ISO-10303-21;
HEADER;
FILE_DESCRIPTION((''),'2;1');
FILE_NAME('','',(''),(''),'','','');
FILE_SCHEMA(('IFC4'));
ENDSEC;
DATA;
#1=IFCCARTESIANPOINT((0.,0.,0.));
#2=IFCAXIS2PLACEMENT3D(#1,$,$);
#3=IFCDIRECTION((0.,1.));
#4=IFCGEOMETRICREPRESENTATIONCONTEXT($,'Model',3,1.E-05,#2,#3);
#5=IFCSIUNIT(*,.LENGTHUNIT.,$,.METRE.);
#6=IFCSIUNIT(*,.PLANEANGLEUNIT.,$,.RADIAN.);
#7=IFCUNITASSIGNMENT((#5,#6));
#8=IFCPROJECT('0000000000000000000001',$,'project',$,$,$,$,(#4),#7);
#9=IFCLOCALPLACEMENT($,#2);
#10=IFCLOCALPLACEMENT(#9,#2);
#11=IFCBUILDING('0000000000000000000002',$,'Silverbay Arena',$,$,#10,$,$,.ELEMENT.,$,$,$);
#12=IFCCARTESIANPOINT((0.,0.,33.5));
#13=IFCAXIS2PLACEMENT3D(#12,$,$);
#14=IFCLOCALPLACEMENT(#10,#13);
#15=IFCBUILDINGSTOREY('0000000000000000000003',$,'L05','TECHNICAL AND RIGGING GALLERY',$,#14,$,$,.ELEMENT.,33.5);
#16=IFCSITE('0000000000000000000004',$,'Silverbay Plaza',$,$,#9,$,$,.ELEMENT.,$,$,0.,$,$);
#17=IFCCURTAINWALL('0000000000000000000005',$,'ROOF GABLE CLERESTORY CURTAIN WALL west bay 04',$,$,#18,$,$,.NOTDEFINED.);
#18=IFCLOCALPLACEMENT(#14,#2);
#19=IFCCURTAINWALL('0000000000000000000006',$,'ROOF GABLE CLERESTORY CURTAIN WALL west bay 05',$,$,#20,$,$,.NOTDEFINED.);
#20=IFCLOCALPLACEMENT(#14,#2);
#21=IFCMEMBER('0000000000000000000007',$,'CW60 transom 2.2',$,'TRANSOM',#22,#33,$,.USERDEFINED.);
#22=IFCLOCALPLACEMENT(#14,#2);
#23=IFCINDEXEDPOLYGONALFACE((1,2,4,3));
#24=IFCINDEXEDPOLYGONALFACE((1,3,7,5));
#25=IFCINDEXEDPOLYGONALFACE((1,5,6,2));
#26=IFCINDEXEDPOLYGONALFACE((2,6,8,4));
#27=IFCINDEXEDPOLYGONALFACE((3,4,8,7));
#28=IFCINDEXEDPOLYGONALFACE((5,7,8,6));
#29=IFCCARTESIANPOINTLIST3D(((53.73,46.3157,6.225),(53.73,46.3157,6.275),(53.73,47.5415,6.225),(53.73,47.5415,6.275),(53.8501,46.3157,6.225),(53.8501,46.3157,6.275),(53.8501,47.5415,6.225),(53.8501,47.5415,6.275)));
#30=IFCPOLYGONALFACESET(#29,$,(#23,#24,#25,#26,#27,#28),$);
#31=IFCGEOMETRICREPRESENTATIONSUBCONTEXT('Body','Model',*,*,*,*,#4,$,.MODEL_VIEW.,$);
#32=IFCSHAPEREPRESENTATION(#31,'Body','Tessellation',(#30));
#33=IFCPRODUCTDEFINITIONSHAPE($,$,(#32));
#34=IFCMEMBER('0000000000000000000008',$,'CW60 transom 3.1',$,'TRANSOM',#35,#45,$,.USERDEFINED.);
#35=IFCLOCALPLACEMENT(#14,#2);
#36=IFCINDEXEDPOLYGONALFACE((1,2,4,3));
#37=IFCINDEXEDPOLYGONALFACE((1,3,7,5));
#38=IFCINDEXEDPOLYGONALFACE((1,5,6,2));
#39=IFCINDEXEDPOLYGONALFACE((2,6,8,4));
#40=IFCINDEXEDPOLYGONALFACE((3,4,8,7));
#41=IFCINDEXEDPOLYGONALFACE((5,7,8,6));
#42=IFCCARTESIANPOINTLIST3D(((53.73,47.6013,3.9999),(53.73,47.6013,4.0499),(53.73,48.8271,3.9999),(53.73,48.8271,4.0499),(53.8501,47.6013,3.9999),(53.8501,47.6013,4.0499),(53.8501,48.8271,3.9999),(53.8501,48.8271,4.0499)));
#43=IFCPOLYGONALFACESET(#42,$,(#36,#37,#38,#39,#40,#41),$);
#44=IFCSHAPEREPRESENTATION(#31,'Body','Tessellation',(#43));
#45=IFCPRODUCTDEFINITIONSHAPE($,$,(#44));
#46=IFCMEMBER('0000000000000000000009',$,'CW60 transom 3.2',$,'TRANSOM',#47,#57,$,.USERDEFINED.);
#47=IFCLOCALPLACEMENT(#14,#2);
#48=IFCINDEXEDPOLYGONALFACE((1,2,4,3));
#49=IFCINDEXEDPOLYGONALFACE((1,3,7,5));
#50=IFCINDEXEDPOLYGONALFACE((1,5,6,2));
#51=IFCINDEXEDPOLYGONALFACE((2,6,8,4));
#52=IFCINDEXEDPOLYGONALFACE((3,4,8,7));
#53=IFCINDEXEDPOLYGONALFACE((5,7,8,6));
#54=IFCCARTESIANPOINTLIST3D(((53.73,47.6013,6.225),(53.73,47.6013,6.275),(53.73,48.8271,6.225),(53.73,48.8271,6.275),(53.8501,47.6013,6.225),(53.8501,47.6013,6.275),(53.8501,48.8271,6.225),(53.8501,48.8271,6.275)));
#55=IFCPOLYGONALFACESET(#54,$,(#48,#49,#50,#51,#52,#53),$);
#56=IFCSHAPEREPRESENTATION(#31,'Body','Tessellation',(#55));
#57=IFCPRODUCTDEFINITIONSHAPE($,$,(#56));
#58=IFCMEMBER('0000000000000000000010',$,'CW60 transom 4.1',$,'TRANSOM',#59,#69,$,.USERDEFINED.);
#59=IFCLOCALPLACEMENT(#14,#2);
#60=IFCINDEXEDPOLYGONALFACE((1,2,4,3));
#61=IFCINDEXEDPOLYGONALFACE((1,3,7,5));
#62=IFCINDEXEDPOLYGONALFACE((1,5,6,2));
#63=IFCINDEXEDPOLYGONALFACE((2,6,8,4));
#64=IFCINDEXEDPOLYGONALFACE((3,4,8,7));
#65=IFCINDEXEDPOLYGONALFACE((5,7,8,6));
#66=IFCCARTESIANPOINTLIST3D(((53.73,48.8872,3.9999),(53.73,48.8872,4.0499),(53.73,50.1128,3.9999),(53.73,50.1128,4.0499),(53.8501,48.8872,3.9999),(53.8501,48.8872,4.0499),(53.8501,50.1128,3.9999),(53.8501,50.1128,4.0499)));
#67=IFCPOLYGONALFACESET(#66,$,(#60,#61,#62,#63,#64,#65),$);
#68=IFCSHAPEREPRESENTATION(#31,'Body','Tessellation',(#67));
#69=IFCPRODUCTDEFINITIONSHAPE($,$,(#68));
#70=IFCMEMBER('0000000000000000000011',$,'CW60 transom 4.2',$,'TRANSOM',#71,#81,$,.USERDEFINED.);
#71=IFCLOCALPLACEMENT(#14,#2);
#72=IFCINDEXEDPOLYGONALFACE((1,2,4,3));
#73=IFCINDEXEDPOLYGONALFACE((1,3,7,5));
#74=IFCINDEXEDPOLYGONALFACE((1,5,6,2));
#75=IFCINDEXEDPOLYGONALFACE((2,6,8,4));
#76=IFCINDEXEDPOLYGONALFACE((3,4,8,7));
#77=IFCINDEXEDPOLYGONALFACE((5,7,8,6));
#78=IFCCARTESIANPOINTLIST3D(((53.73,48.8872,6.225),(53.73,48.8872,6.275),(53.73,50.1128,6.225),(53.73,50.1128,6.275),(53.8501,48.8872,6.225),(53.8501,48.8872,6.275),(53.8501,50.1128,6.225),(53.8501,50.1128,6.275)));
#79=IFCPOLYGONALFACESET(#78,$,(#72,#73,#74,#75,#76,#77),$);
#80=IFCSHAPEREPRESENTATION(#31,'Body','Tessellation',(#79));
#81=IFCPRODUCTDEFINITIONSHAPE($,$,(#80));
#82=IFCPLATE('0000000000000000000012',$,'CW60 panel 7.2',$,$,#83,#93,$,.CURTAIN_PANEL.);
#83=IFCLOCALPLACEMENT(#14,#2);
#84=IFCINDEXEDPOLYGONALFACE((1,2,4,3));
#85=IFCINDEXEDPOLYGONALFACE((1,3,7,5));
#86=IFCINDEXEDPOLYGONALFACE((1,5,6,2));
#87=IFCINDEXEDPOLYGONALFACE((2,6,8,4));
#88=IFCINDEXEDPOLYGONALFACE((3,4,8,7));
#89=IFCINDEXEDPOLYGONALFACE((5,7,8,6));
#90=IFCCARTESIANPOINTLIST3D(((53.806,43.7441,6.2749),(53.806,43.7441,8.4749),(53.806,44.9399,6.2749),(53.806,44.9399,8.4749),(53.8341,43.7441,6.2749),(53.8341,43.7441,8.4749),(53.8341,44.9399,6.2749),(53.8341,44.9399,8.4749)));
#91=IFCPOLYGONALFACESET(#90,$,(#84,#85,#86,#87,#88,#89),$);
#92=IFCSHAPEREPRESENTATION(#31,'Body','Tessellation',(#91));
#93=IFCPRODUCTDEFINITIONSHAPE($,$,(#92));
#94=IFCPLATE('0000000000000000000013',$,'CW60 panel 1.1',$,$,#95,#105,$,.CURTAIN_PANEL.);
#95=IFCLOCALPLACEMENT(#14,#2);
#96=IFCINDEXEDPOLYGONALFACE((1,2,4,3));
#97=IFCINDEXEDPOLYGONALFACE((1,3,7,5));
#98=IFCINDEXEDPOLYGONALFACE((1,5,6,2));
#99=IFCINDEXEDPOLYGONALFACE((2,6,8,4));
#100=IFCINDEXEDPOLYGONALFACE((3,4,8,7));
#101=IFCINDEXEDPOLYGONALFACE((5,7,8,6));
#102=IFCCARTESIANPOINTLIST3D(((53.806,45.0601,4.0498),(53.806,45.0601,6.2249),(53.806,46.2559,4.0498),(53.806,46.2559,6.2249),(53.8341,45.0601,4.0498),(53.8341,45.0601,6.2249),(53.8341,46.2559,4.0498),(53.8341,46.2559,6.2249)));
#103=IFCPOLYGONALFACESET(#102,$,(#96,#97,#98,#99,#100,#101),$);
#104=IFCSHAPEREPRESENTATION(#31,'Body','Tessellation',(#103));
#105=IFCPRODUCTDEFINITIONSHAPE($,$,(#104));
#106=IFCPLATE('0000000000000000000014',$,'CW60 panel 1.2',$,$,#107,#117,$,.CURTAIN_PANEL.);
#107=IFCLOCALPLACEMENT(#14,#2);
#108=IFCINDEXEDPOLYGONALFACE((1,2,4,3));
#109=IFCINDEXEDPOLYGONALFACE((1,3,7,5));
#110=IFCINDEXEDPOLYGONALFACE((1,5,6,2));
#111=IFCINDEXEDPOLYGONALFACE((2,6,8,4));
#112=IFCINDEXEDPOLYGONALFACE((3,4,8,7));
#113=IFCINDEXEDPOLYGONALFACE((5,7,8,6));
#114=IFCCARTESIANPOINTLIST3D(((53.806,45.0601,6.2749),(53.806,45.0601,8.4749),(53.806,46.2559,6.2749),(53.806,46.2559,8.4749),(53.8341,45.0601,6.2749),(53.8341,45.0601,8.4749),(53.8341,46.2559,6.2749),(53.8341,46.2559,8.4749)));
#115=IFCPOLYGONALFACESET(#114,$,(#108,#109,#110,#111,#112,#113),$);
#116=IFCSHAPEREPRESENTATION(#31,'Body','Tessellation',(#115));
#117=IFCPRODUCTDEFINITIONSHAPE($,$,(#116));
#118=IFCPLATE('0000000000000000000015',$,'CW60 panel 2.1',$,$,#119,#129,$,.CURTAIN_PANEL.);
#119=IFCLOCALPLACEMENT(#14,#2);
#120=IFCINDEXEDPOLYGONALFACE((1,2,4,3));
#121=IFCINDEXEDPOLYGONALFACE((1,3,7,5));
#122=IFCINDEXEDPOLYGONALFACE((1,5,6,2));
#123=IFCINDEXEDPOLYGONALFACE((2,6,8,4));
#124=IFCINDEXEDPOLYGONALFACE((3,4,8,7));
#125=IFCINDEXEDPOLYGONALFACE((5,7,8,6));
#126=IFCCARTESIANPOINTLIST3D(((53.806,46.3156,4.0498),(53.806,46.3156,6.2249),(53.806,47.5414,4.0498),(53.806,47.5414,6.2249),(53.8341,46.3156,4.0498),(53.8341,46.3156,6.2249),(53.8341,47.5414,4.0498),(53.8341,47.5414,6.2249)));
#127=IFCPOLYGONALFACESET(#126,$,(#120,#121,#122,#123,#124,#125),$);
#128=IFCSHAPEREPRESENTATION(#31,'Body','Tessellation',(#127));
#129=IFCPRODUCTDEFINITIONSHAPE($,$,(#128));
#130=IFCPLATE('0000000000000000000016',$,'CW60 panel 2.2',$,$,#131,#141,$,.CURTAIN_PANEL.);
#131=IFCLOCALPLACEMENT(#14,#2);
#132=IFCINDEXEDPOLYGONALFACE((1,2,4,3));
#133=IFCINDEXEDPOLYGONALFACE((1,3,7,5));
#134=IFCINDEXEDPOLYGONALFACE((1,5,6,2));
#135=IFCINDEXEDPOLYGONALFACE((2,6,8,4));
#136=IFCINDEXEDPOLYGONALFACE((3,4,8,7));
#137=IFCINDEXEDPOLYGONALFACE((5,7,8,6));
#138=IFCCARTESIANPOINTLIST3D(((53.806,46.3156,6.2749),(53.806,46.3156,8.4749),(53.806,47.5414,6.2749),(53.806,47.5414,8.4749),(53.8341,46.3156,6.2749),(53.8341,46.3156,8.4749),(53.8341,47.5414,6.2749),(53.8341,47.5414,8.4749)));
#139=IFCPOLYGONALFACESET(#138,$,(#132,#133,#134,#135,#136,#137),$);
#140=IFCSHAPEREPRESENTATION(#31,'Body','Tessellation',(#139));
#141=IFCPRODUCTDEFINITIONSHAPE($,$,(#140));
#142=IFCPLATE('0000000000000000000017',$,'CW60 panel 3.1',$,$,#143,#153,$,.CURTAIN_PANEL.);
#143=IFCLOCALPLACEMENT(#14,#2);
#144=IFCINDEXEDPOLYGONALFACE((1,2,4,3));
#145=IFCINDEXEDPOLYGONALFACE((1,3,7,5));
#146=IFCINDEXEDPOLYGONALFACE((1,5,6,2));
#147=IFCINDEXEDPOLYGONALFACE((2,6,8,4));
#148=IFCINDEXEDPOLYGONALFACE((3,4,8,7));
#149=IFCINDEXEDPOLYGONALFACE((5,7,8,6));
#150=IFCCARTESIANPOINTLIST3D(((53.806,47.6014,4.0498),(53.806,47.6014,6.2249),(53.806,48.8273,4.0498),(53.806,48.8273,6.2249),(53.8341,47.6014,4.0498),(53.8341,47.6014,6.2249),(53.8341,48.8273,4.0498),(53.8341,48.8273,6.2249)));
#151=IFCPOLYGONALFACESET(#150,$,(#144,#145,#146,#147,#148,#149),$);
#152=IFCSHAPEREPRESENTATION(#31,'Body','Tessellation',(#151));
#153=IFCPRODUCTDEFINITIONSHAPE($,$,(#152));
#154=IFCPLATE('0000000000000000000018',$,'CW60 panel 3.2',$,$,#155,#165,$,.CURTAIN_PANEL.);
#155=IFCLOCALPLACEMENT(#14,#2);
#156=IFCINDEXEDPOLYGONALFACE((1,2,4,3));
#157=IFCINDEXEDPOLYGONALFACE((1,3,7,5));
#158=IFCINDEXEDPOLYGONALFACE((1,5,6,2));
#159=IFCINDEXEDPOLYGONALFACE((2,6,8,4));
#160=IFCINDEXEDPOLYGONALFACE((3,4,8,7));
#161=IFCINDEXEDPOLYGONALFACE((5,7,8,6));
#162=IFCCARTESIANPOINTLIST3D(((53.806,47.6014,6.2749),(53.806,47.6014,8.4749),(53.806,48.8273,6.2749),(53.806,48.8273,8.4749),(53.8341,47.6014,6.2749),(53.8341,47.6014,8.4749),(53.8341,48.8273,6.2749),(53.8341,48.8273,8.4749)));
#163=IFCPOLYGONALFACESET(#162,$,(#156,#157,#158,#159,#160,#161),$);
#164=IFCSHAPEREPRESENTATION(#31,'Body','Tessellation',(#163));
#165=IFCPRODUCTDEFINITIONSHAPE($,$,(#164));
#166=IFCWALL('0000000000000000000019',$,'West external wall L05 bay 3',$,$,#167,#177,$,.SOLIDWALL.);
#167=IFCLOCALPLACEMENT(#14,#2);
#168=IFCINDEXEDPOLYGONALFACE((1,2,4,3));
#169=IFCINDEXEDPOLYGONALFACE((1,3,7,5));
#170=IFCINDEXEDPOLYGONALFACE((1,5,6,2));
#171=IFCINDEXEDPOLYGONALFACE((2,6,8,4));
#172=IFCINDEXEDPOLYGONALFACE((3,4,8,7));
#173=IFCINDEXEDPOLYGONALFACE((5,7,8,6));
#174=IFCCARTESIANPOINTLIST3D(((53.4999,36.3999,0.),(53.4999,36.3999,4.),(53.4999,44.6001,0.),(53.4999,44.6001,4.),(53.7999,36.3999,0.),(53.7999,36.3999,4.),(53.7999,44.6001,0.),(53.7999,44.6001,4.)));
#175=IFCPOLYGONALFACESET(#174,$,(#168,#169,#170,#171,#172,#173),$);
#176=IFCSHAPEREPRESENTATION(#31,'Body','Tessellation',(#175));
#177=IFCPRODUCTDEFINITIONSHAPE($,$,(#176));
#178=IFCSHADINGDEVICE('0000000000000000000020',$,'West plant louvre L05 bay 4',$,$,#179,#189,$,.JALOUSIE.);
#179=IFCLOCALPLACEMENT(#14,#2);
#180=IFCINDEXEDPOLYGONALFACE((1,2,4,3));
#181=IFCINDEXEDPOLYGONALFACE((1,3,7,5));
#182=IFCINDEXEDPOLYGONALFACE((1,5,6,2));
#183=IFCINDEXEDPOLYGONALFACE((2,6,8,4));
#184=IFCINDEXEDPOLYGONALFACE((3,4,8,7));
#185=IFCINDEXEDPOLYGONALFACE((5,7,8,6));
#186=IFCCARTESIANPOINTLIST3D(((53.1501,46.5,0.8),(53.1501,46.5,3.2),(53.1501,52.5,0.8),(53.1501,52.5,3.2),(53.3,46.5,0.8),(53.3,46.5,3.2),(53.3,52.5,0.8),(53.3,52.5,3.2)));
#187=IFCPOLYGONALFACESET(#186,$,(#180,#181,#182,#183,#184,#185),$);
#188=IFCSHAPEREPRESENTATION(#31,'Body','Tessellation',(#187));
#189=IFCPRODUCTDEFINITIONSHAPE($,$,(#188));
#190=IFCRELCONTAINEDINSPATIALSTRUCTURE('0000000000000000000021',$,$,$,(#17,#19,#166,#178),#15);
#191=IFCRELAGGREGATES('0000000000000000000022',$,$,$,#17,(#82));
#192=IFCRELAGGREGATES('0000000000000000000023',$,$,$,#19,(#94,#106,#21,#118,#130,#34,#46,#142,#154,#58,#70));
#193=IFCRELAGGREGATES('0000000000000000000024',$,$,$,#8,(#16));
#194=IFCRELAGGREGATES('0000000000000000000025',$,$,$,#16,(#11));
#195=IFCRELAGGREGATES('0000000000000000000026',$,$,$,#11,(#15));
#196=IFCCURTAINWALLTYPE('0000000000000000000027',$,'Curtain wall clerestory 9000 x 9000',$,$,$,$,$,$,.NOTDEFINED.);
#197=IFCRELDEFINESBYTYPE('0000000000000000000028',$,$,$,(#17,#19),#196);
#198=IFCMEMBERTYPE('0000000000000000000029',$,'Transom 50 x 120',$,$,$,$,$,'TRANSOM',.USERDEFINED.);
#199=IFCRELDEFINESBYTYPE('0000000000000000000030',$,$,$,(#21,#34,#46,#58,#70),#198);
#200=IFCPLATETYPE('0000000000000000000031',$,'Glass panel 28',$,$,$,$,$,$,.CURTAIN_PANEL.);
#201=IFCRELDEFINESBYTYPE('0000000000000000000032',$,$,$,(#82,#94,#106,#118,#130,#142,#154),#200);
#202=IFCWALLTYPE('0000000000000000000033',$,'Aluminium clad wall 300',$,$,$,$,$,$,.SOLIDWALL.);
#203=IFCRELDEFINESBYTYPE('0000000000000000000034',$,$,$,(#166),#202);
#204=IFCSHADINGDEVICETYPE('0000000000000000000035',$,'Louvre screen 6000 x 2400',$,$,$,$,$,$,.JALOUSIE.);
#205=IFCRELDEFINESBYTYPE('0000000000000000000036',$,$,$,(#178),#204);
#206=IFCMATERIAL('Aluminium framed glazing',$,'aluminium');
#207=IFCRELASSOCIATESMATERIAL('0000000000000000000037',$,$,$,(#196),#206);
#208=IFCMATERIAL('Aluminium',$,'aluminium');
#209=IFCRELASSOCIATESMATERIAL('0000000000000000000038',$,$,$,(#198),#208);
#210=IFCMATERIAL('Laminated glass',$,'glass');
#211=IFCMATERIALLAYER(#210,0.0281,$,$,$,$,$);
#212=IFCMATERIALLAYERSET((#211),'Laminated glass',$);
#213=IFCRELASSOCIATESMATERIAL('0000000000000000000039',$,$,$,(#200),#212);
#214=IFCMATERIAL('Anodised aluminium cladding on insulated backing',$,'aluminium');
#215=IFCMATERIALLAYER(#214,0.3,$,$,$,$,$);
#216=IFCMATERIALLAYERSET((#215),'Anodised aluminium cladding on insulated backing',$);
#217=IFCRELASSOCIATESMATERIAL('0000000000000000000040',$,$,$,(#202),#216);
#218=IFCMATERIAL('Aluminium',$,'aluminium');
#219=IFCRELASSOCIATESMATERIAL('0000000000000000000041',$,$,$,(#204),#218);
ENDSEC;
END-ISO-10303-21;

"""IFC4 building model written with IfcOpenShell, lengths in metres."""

from ifc_helpers import new_model, si_unit, direction, frame, frame_2d, origin, origin_2d, place, context, subcontext, project, spatial, rectangle, extrude, material, layer, layer_set, material_profile, profile_set, type_object, element, aggregate, save


model = new_model("IFC4")

# Units and contexts
model_context = context("Model", 3, precision=1e-05, world=origin(), true_north=direction((0.0, 1.0)))
body_context = subcontext(model_context, "Body", "Model", "MODEL_VIEW")
ifc_project = project(units=[si_unit("LENGTHUNIT", "METRE"), si_unit("PLANEANGLEUNIT", "RADIAN")], contexts=[model_context])

# Site, building, storey
site_placement = place(None, origin())
site = spatial("IfcSite", under=ifc_project, at=site_placement, Name="Silverbay Plaza", CompositionType="ELEMENT", RefElevation=0.0)
building_placement = place(site_placement, origin())
building = spatial("IfcBuilding", under=site, at=building_placement, Name="Silverbay Arena", CompositionType="ELEMENT")
storey_placement = place(building_placement, frame((0.0, 0.0, 33.5)))
storey = spatial("IfcBuildingStorey", under=building, at=storey_placement, Name="L05", Description="TECHNICAL AND RIGGING GALLERY", CompositionType="ELEMENT", Elevation=33.5)

# Curtain wall
ifc_material_1 = material(Name="Aluminium framed glazing", Category="aluminium")
curtain_wall_type = type_object("IfcCurtainWallType", Name="Curtain wall clerestory 9000 x 9000", PredefinedType="NOTDEFINED", material=ifc_material_1)
curtain_wall_1_placement = place(storey_placement, origin())
curtain_wall_1 = element("IfcCurtainWall", 1, at=curtain_wall_1_placement, inside=storey, type_object=curtain_wall_type, Name="ROOF GABLE CLERESTORY CURTAIN WALL west bay 04", PredefinedType="NOTDEFINED")

# Curtain wall
curtain_wall_2_placement = place(storey_placement, origin())
curtain_wall_2 = element("IfcCurtainWall", 2, at=curtain_wall_2_placement, inside=storey, type_object=curtain_wall_type, Name="ROOF GABLE CLERESTORY CURTAIN WALL west bay 05", PredefinedType="NOTDEFINED")

# Members
ifc_material_2 = material(Name="Aluminium", Category="aluminium")
ifc_material_profile_1 = material_profile(ifc_material_2, rectangle(XDim=0.1201, YDim=0.05, at=origin_2d()), Name="Transom 50 x 120")
ifc_profile_set_1 = profile_set([ifc_material_profile_1], Name="Aluminium")
member_type_1 = type_object("IfcMemberType", Name="Transom 50 x 120", ElementType="TRANSOM", PredefinedType="USERDEFINED", material=ifc_profile_set_1)
member_1_placement = place(storey_placement, frame((53.79, 46.3157, 6.25), z_axis=(0.0, 1.0, 0.0), x_axis=(-1.0, 0.0, 0.0)))
member_1 = element("IfcMember", 3, at=member_1_placement, type_object=member_type_1, Name="CW60 transom 2.2", ObjectType="TRANSOM", PredefinedType="USERDEFINED", context=body_context, shape_type="SweptSolid", body=[
    extrude(rectangle(XDim=0.1201, YDim=0.05, at=origin_2d()), origin(), (0.0, 0.0, 1.0), 1.2258),
])
member_2_placement = place(storey_placement, frame((53.79, 47.6013, 4.0249), z_axis=(0.0, 1.0, 0.0), x_axis=(-1.0, 0.0, 0.0)))
member_2 = element("IfcMember", 4, at=member_2_placement, type_object=member_type_1, Name="CW60 transom 3.1", ObjectType="TRANSOM", PredefinedType="USERDEFINED", context=body_context, shape_type="SweptSolid", body=[
    extrude(rectangle(XDim=0.1201, YDim=0.05, at=origin_2d()), origin(), (0.0, 0.0, 1.0), 1.2258),
])
member_3_placement = place(storey_placement, frame((53.79, 47.6013, 6.25), z_axis=(0.0, 1.0, 0.0), x_axis=(-1.0, 0.0, 0.0)))
member_3 = element("IfcMember", 5, at=member_3_placement, type_object=member_type_1, Name="CW60 transom 3.2", ObjectType="TRANSOM", PredefinedType="USERDEFINED", context=body_context, shape_type="SweptSolid", body=[
    extrude(rectangle(XDim=0.1201, YDim=0.05, at=origin_2d()), origin(), (0.0, 0.0, 1.0), 1.2258),
])
member_4_placement = place(storey_placement, frame((53.79, 48.8872, 4.0249), z_axis=(0.0, 1.0, 0.0), x_axis=(-1.0, 0.0, 0.0)))
member_4 = element("IfcMember", 6, at=member_4_placement, type_object=member_type_1, Name="CW60 transom 4.1", ObjectType="TRANSOM", PredefinedType="USERDEFINED", context=body_context, shape_type="SweptSolid", body=[
    extrude(rectangle(XDim=0.1201, YDim=0.05, at=origin_2d()), origin(), (0.0, 0.0, 1.0), 1.2256),
])
member_5_placement = place(storey_placement, frame((53.79, 48.8872, 6.25), z_axis=(0.0, 1.0, 0.0), x_axis=(-1.0, 0.0, 0.0)))
member_5 = element("IfcMember", 7, at=member_5_placement, type_object=member_type_1, Name="CW60 transom 4.2", ObjectType="TRANSOM", PredefinedType="USERDEFINED", context=body_context, shape_type="SweptSolid", body=[
    extrude(rectangle(XDim=0.1201, YDim=0.05, at=origin_2d()), origin(), (0.0, 0.0, 1.0), 1.2256),
])

# Plates
ifc_material_3 = material(Name="Laminated glass", Category="glass")
ifc_layer_1 = layer(ifc_material_3, 0.0281)
ifc_layer_set_1 = layer_set([ifc_layer_1], Name="Laminated glass")
plate_type = type_object("IfcPlateType", Name="Glass panel 28", PredefinedType="CURTAIN_PANEL", material=ifc_layer_set_1)
plate_1_placement = place(storey_placement, frame((53.8201, 44.342, 6.2749), z_axis=(0.0, 0.0, 1.0), x_axis=(0.0, 1.0, 0.0)))
plate_1 = element("IfcPlate", 8, at=plate_1_placement, type_object=plate_type, Name="CW60 panel 7.2", PredefinedType="CURTAIN_PANEL", context=body_context, shape_type="SweptSolid", body=[
    extrude(rectangle(XDim=1.1958, YDim=0.0281, at=origin_2d()), origin(), (0.0, 0.0, 1.0), 2.2),
])
aggregate(curtain_wall_1, [plate_1])
plate_2_placement = place(storey_placement, frame((53.8201, 45.658, 4.0498), z_axis=(0.0, 0.0, 1.0), x_axis=(0.0, 1.0, 0.0)))
plate_2 = element("IfcPlate", 9, at=plate_2_placement, type_object=plate_type, Name="CW60 panel 1.1", PredefinedType="CURTAIN_PANEL", context=body_context, shape_type="SweptSolid", body=[
    extrude(rectangle(XDim=1.1958, YDim=0.0281, at=origin_2d()), origin(), (0.0, 0.0, 1.0), 2.175),
])
plate_3_placement = place(storey_placement, frame((53.8201, 45.658, 6.2749), z_axis=(0.0, 0.0, 1.0), x_axis=(0.0, 1.0, 0.0)))
plate_3 = element("IfcPlate", 10, at=plate_3_placement, type_object=plate_type, Name="CW60 panel 1.2", PredefinedType="CURTAIN_PANEL", context=body_context, shape_type="SweptSolid", body=[
    extrude(rectangle(XDim=1.1958, YDim=0.0281, at=origin_2d()), origin(), (0.0, 0.0, 1.0), 2.2),
])
plate_4_placement = place(storey_placement, frame((53.8201, 46.9285, 4.0498), z_axis=(0.0, 0.0, 1.0), x_axis=(0.0, 1.0, 0.0)))
plate_4 = element("IfcPlate", 11, at=plate_4_placement, type_object=plate_type, Name="CW60 panel 2.1", PredefinedType="CURTAIN_PANEL", context=body_context, shape_type="SweptSolid", body=[
    extrude(rectangle(XDim=1.2258, YDim=0.0281, at=origin_2d()), origin(), (0.0, 0.0, 1.0), 2.175),
])
plate_5_placement = place(storey_placement, frame((53.8201, 46.9285, 6.2749), z_axis=(0.0, 0.0, 1.0), x_axis=(0.0, 1.0, 0.0)))
plate_5 = element("IfcPlate", 12, at=plate_5_placement, type_object=plate_type, Name="CW60 panel 2.2", PredefinedType="CURTAIN_PANEL", context=body_context, shape_type="SweptSolid", body=[
    extrude(rectangle(XDim=1.2258, YDim=0.0281, at=origin_2d()), origin(), (0.0, 0.0, 1.0), 2.2),
])
plate_6_placement = place(storey_placement, frame((53.8201, 48.2144, 4.0498), z_axis=(0.0, 0.0, 1.0), x_axis=(0.0, 1.0, 0.0)))
plate_6 = element("IfcPlate", 13, at=plate_6_placement, type_object=plate_type, Name="CW60 panel 3.1", PredefinedType="CURTAIN_PANEL", context=body_context, shape_type="SweptSolid", body=[
    extrude(rectangle(XDim=1.2258, YDim=0.0281, at=origin_2d()), origin(), (0.0, 0.0, 1.0), 2.175),
])
plate_7_placement = place(storey_placement, frame((53.8201, 48.2144, 6.2749), z_axis=(0.0, 0.0, 1.0), x_axis=(0.0, 1.0, 0.0)))
plate_7 = element("IfcPlate", 14, at=plate_7_placement, type_object=plate_type, Name="CW60 panel 3.2", PredefinedType="CURTAIN_PANEL", context=body_context, shape_type="SweptSolid", body=[
    extrude(rectangle(XDim=1.2258, YDim=0.0281, at=origin_2d()), origin(), (0.0, 0.0, 1.0), 2.2),
])
aggregate(curtain_wall_2, [plate_2, plate_3, member_1, plate_4, plate_5, member_2, member_3, plate_6, plate_7, member_4, member_5])

# Wall
ifc_material_4 = material(Name="Anodised aluminium cladding on insulated backing", Category="aluminium")
ifc_layer_2 = layer(ifc_material_4, 0.3)
ifc_layer_set_2 = layer_set([ifc_layer_2], Name="Anodised aluminium cladding on insulated backing")
wall_type = type_object("IfcWallType", Name="Aluminium clad wall 300", PredefinedType="SOLIDWALL", material=ifc_layer_set_2)
wall_placement = place(storey_placement, frame((53.6499, 44.6001, 0.0), z_axis=(0.0, 0.0, 1.0), x_axis=(0.0, -1.0, 0.0)))
element("IfcWall", 15, at=wall_placement, inside=storey, type_object=wall_type, Name="West external wall L05 bay 3", PredefinedType="SOLIDWALL", context=body_context, shape_type="SweptSolid", body=[
    extrude(rectangle(XDim=8.2002, YDim=0.3, at=frame_2d((4.1001, 0.0))), origin(), (0.0, 0.0, 1.0), 4.0),
])

# Shading device
ifc_material_5 = material(Name="Aluminium", Category="aluminium")
shading_device_type_1 = type_object("IfcShadingDeviceType", Name="Louvre screen 6000 x 2400", PredefinedType="JALOUSIE", material=ifc_material_5)
shading_device_1_placement = place(storey_placement, frame((53.2251, 49.5, 0.8), z_axis=(0.0, 0.0, 1.0), x_axis=(0.0, 1.0, 0.0)))
element("IfcShadingDevice", 16, at=shading_device_1_placement, inside=storey, type_object=shading_device_type_1, Name="West plant louvre L05 bay 4", PredefinedType="JALOUSIE", context=body_context, shape_type="SweptSolid", body=[
    extrude(rectangle(XDim=6.0, YDim=0.1499, at=origin_2d()), origin(), (0.0, 0.0, 1.0), 2.3999),
])

save(model, "model.ifc")
